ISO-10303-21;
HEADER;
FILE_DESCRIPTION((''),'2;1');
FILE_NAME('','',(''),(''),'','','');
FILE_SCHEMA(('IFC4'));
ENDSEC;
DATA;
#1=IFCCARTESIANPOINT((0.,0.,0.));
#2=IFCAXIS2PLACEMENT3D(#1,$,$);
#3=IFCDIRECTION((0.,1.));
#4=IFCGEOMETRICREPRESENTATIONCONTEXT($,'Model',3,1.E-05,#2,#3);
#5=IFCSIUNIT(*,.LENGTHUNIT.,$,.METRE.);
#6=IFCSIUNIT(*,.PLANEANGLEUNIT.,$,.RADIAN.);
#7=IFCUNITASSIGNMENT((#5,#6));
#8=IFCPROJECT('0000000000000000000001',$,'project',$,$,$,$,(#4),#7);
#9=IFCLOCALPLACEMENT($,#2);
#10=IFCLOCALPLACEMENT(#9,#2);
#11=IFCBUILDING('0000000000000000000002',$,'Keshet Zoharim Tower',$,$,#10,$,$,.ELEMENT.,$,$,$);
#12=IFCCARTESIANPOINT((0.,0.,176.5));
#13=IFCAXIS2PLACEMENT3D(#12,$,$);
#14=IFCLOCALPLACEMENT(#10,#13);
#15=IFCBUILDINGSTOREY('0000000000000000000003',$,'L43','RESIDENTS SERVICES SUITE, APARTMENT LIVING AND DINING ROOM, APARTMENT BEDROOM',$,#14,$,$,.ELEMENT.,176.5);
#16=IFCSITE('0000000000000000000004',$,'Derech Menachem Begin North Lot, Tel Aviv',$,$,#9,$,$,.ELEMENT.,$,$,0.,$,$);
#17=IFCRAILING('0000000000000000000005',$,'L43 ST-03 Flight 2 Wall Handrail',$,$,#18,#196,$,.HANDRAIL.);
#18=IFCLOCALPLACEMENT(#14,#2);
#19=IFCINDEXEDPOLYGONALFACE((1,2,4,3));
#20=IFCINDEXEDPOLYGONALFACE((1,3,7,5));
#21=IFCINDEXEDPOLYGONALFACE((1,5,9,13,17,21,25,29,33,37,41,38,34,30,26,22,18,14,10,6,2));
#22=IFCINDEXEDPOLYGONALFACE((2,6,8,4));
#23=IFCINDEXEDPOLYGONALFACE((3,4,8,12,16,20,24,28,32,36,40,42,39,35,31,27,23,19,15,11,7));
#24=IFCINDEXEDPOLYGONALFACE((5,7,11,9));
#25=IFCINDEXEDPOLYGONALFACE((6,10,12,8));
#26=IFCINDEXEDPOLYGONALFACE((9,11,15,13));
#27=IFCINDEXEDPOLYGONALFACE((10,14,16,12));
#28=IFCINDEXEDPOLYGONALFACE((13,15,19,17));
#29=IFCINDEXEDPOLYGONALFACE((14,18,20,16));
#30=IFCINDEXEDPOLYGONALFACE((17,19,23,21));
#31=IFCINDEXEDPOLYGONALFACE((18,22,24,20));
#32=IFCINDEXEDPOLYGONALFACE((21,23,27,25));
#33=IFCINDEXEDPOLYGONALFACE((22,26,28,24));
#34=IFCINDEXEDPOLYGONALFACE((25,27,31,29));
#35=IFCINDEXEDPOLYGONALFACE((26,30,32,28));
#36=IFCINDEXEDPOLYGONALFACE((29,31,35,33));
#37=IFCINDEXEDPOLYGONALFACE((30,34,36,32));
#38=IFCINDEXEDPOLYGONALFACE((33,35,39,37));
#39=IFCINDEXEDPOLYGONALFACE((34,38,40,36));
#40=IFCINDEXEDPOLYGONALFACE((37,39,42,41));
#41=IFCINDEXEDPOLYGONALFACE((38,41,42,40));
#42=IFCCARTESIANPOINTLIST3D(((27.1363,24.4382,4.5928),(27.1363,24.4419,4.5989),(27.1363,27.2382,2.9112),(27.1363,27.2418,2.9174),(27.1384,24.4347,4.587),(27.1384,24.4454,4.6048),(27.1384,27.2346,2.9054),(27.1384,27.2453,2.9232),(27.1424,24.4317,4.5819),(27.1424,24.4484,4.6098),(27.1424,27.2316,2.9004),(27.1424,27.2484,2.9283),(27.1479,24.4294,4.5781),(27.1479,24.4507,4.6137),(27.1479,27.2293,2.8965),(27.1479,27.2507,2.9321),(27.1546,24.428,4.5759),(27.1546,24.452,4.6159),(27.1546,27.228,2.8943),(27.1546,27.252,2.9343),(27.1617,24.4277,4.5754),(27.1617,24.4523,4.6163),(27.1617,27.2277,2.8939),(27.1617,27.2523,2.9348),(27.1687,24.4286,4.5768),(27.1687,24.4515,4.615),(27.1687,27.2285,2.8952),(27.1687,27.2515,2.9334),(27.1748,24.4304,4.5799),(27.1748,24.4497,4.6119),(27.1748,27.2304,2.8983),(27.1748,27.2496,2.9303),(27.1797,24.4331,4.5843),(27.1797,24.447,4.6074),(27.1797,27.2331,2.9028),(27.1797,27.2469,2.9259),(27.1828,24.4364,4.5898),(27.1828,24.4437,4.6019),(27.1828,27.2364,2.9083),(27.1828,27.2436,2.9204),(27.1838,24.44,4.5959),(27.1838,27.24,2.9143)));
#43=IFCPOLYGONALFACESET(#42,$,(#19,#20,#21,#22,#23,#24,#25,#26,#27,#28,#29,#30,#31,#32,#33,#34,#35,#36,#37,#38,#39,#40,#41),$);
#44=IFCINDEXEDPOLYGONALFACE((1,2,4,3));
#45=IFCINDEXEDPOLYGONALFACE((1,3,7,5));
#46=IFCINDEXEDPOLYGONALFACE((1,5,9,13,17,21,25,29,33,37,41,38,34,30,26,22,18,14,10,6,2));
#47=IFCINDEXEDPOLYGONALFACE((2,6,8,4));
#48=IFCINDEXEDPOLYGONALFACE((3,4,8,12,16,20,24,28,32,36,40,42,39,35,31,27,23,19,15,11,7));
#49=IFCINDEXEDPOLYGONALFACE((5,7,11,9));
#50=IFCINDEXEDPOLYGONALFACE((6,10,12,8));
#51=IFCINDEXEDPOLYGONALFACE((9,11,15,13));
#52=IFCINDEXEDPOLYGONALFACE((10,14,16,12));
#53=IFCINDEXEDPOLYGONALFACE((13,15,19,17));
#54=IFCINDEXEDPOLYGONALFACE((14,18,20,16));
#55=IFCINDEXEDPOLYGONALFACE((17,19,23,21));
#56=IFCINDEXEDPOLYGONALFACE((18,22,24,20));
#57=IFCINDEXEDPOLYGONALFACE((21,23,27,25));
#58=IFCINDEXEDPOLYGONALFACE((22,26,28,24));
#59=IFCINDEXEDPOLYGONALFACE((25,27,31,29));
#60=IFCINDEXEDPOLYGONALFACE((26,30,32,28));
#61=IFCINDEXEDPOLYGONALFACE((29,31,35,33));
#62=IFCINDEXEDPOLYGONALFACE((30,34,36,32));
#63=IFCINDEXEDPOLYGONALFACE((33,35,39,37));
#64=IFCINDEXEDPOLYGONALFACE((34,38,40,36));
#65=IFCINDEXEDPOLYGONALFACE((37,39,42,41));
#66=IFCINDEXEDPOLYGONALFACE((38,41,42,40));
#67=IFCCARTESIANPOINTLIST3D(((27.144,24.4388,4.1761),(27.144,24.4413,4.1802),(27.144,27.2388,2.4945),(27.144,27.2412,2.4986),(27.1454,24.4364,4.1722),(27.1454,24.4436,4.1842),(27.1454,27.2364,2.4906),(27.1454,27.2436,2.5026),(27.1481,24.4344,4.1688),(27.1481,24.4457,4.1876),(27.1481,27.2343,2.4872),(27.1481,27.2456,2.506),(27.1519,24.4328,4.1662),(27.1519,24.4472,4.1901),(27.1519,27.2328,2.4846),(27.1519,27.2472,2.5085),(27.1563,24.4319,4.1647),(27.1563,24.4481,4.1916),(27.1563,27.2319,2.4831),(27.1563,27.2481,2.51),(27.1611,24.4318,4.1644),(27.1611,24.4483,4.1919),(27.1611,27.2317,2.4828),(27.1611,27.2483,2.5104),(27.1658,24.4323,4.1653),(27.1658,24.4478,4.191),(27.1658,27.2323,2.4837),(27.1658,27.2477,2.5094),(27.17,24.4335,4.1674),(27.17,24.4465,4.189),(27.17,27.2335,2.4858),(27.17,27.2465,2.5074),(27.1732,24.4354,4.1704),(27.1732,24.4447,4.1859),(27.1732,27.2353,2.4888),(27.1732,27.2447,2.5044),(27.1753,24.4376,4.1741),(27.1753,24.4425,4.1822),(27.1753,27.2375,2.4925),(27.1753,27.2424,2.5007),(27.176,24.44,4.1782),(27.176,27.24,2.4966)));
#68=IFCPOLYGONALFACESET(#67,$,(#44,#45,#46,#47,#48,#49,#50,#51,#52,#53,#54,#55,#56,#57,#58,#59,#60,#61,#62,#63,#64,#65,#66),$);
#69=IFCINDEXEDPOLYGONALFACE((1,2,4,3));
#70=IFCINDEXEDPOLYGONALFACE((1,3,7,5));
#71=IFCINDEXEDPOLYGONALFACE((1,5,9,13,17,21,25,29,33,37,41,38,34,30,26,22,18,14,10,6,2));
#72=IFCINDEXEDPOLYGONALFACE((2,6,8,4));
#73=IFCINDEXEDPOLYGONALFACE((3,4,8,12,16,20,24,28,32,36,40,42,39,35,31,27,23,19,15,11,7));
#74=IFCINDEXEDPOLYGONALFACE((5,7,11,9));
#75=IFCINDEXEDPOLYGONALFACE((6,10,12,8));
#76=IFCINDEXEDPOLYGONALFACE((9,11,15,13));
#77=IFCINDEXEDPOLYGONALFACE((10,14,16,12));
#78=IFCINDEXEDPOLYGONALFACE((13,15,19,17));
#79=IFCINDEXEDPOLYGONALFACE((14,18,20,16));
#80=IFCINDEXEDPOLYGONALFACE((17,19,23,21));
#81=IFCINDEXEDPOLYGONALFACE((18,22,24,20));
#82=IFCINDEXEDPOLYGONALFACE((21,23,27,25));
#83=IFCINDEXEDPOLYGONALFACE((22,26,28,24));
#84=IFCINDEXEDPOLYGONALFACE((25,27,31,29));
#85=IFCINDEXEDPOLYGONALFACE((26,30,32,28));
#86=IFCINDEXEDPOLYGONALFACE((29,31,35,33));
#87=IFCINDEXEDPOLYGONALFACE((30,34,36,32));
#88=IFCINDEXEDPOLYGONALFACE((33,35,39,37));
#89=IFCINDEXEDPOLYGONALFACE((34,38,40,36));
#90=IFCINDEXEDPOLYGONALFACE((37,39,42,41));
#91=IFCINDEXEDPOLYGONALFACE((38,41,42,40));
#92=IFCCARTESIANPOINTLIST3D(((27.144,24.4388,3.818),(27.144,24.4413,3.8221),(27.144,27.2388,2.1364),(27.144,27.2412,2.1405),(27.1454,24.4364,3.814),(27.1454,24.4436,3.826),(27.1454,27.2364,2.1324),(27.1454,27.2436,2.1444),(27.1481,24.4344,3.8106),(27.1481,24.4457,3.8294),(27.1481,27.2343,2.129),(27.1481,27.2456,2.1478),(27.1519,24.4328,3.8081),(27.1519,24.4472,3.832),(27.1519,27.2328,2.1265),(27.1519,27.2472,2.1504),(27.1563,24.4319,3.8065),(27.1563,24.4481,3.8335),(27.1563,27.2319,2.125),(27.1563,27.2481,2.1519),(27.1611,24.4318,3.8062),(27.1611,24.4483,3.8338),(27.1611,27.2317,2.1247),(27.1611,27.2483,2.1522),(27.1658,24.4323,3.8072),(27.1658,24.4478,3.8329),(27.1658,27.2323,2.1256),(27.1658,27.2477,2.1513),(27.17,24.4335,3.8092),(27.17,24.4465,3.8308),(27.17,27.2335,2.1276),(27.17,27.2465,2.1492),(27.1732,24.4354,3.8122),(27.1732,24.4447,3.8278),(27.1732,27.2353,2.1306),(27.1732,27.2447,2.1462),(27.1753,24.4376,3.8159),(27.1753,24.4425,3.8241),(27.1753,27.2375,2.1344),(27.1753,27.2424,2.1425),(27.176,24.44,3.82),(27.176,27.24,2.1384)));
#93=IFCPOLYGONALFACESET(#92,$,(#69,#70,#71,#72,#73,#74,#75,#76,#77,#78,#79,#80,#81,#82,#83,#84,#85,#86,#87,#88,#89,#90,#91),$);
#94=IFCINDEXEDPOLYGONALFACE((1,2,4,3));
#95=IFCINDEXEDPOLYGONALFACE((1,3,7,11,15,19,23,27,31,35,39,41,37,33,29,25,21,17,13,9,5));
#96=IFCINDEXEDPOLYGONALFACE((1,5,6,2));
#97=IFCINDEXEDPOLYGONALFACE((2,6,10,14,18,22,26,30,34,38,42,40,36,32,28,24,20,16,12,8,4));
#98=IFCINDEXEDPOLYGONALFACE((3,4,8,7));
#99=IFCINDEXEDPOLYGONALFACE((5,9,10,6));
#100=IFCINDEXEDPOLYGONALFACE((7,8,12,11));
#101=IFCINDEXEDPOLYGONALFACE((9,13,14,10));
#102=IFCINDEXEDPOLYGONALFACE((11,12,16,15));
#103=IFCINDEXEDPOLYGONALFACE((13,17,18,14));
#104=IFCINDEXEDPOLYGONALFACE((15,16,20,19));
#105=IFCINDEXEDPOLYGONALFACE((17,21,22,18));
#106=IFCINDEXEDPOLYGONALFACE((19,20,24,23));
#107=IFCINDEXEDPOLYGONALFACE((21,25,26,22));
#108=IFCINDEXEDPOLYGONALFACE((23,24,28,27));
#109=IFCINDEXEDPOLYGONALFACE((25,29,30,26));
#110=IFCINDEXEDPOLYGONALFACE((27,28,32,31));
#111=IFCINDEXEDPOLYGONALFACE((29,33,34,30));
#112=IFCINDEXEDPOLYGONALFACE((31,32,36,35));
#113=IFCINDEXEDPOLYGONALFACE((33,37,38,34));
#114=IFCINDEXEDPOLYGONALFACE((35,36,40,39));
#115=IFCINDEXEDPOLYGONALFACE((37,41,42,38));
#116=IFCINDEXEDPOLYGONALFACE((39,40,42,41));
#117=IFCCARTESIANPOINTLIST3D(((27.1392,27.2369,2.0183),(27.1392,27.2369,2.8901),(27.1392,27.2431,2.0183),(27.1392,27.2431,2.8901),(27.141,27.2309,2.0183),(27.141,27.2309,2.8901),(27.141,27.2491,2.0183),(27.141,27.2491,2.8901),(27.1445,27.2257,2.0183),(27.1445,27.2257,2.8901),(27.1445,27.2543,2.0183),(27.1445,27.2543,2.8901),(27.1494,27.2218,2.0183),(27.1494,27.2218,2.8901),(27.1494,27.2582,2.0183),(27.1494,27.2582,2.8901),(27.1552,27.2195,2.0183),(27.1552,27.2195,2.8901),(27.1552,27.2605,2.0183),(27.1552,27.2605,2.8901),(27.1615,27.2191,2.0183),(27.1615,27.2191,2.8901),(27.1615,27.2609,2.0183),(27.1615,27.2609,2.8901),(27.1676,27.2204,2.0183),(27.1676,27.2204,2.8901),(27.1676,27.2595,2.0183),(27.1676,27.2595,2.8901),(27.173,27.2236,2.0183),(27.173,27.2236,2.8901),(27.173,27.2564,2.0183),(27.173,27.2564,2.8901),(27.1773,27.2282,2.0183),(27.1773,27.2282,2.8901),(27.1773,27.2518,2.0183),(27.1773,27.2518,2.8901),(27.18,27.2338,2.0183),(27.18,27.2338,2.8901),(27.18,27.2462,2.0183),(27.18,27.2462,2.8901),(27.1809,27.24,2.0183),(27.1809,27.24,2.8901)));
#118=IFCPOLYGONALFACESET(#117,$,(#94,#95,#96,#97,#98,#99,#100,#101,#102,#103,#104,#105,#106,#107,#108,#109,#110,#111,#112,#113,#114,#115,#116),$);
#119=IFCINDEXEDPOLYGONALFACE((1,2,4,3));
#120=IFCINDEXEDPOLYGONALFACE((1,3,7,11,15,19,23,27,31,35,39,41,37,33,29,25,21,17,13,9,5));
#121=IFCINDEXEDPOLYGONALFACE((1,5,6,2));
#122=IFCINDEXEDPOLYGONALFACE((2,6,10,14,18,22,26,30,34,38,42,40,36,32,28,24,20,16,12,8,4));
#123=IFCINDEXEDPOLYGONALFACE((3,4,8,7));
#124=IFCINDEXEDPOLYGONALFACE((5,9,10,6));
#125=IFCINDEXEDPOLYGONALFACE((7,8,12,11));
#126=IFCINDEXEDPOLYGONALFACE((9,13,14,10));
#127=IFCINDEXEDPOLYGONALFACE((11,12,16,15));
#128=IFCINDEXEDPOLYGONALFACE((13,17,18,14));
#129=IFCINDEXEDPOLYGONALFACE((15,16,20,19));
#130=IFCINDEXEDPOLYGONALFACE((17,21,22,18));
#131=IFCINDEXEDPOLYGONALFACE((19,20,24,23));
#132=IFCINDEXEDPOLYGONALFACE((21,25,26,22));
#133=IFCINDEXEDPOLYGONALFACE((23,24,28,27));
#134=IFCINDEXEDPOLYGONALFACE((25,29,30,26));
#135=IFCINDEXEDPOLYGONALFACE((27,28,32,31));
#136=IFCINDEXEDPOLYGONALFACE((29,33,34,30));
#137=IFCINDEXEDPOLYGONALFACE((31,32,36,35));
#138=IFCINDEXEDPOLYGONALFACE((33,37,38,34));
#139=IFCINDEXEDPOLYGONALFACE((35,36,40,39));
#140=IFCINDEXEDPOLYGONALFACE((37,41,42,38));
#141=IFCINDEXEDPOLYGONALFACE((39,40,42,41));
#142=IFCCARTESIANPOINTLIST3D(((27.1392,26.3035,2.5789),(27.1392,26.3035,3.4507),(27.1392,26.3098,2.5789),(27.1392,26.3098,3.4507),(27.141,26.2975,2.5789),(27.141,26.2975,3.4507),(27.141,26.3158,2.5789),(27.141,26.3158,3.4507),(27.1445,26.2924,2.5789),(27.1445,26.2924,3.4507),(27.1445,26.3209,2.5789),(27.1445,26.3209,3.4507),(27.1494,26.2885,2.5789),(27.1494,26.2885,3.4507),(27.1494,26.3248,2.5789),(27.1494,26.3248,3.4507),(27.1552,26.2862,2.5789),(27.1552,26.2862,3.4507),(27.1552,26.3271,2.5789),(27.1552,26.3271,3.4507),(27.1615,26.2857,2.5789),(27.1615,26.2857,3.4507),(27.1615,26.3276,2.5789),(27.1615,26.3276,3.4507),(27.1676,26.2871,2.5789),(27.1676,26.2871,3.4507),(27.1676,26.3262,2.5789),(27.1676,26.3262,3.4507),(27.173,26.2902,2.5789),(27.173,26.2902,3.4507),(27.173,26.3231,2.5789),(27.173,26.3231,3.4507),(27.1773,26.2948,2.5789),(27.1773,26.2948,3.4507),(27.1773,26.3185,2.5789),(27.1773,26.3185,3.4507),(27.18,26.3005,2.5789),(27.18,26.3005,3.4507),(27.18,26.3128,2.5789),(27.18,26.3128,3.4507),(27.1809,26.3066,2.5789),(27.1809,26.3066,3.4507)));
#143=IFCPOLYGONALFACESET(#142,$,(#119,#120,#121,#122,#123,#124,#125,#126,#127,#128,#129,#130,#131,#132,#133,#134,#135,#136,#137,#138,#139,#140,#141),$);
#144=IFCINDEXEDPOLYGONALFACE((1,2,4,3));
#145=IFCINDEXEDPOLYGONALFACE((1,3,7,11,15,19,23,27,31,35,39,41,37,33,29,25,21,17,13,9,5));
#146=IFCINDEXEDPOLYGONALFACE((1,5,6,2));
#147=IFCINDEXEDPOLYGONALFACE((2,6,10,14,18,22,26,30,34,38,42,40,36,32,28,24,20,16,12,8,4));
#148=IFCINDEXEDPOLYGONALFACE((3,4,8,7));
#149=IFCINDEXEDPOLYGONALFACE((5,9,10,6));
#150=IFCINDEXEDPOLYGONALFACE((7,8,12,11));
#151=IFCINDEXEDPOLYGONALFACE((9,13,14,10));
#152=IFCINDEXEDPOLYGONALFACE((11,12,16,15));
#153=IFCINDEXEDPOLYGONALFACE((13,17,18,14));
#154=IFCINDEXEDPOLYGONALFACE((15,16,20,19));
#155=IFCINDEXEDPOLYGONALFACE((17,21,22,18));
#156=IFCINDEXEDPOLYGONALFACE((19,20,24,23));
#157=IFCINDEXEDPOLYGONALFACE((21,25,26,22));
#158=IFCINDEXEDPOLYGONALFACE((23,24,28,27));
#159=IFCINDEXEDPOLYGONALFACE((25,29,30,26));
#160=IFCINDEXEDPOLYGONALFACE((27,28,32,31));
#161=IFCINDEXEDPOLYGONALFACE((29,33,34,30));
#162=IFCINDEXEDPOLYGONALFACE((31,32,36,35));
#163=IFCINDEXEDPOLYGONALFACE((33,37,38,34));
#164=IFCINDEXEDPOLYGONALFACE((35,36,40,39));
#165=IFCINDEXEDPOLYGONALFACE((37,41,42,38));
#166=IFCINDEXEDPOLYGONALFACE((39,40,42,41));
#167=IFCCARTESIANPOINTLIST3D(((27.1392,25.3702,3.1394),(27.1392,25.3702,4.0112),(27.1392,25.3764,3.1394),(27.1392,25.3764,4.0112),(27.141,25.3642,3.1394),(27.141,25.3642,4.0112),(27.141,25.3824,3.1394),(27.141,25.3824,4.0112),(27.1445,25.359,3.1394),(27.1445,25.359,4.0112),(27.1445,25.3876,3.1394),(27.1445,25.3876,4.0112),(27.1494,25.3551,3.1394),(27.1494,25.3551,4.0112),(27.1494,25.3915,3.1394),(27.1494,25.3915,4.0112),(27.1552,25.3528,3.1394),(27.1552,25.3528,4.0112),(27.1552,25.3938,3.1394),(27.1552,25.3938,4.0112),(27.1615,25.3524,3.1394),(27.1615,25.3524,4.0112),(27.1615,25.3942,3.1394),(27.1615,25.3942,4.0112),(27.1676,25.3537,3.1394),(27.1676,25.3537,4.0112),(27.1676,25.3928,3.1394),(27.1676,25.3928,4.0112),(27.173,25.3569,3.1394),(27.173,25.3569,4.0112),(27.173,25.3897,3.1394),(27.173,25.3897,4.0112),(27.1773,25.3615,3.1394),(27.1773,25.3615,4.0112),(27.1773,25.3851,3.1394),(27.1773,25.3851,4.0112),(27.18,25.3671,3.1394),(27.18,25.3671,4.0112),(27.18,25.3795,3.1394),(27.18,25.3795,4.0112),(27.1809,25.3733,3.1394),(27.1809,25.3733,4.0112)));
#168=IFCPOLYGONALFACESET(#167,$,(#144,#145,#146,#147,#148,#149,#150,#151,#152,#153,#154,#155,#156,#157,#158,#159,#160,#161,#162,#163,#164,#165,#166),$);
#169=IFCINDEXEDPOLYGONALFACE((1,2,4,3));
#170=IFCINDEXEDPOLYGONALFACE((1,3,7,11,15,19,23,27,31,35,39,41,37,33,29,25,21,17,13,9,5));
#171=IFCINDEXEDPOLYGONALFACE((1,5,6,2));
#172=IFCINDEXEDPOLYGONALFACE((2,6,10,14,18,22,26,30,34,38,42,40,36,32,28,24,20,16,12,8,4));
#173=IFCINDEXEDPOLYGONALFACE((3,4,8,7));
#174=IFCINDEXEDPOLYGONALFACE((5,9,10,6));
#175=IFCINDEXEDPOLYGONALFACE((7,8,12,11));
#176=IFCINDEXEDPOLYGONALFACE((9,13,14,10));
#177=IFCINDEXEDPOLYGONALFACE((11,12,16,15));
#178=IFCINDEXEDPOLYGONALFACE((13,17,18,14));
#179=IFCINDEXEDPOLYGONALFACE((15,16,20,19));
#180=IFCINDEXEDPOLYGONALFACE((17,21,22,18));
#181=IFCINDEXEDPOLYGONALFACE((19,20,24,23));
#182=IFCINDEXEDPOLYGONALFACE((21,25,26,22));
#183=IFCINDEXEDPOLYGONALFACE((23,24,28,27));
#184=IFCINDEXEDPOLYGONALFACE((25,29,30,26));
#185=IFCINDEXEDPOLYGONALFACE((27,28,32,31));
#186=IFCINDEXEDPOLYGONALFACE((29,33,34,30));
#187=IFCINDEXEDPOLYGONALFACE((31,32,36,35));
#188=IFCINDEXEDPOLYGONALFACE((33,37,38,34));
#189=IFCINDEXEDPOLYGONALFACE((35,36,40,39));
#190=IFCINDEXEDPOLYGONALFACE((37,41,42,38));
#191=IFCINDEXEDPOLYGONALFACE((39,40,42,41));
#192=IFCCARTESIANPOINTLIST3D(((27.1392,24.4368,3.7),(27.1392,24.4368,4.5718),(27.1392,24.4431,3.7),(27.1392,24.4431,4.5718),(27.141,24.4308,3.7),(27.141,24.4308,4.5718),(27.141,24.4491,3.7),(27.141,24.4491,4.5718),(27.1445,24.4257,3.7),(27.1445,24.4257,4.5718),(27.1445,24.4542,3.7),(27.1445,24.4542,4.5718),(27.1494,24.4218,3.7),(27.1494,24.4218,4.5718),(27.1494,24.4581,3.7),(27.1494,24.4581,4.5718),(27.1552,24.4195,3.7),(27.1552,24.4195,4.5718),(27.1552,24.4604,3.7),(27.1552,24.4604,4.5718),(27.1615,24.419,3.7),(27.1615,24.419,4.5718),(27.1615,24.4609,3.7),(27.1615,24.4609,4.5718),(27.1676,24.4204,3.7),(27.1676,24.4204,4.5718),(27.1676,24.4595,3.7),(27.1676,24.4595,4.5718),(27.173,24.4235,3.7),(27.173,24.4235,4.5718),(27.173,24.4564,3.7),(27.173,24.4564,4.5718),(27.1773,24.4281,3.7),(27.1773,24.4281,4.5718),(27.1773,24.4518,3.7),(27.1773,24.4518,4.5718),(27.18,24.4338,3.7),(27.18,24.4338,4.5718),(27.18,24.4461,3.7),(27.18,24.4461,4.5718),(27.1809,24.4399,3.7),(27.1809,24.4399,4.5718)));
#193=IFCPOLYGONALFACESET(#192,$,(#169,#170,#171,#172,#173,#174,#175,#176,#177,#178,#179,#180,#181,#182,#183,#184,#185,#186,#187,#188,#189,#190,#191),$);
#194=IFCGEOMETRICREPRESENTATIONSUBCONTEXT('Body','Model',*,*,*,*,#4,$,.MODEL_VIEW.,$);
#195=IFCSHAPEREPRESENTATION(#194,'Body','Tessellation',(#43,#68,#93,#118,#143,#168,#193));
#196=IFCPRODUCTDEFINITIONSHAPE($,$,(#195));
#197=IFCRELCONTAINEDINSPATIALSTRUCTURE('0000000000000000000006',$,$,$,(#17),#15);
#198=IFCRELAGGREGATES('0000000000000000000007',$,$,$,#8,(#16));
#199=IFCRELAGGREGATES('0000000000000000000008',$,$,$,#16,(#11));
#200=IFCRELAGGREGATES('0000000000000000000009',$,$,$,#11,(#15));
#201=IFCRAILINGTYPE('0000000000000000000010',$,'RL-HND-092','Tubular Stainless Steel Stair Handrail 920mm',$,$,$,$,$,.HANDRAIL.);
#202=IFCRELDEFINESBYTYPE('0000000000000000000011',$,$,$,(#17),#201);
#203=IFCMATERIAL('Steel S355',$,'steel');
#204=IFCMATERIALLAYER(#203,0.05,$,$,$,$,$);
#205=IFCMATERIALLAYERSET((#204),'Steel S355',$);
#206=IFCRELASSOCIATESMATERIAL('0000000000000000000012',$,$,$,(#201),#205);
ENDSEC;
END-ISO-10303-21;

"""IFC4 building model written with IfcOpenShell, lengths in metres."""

from ifc_helpers import new_model, si_unit, direction, frame, origin, origin_2d, place, context, subcontext, project, spatial, circle, extrude, material, layer, layer_set, type_object, element, save


model = new_model("IFC4")

# Units and contexts
model_context = context("Model", 3, precision=1e-05, world=origin(), true_north=direction((0.0, 1.0)))
body_context = subcontext(model_context, "Body", "Model", "MODEL_VIEW")
ifc_project = project(units=[si_unit("LENGTHUNIT", "METRE"), si_unit("PLANEANGLEUNIT", "RADIAN")], contexts=[model_context])

# Site, building, storey
site_placement = place(None, origin())
site = spatial("IfcSite", under=ifc_project, at=site_placement, Name="Derech Menachem Begin North Lot, Tel Aviv", CompositionType="ELEMENT", RefElevation=0.0)
building_placement = place(site_placement, origin())
building = spatial("IfcBuilding", under=site, at=building_placement, Name="Keshet Zoharim Tower", CompositionType="ELEMENT")
storey_placement = place(building_placement, frame((0.0, 0.0, 176.5)))
storey = spatial("IfcBuildingStorey", under=building, at=storey_placement, Name="L43", Description="RESIDENTS SERVICES SUITE, APARTMENT LIVING AND DINING ROOM, APARTMENT BEDROOM", CompositionType="ELEMENT", Elevation=176.5)

# Shared definitions
ifc_material_1 = material(Name="Steel S355", Category="steel")

# Railing
ifc_layer_1 = layer(ifc_material_1, 0.05)
ifc_layer_set_1 = layer_set([ifc_layer_1], Name="Steel S355")
railing_type = type_object("IfcRailingType", Name="RL-HND-092", Description="Tubular Stainless Steel Stair Handrail 920mm", PredefinedType="HANDRAIL", material=ifc_layer_set_1)
railing_placement = place(storey_placement, frame((27.1599, 27.24, 2.0183)))
element("IfcRailing", 1, at=railing_placement, inside=storey, type_object=railing_type, Name="L43 ST-03 Flight 2 Wall Handrail", PredefinedType="HANDRAIL", context=body_context, shape_type="SweptSolid", body=[
    extrude(circle(Radius=0.0239, at=origin_2d()), frame((0.0, 0.0, 0.896), z_axis=(0.0, -0.857275, 0.514858), x_axis=(1.0, 0.0, 0.0)), (0.0, 0.0, 1.0), 3.2661),
    extrude(circle(Radius=0.0161, at=origin_2d()), frame((0.0, 0.0, 0.4783), z_axis=(0.0, -0.857275, 0.514858), x_axis=(1.0, 0.0, 0.0)), (0.0, 0.0, 1.0), 3.2661),
    extrude(circle(Radius=0.0161, at=origin_2d()), frame((0.0, 0.0, 0.1201), z_axis=(0.0, -0.857275, 0.514858), x_axis=(1.0, 0.0, 0.0)), (0.0, 0.0, 1.0), 3.2661),
    extrude(circle(Radius=0.021, at=origin_2d()), origin(), (0.0, 0.0, 1.0), 0.8718),
    extrude(circle(Radius=0.021, at=origin_2d()), frame((0.0, -0.9333, 0.5605)), (0.0, 0.0, 1.0), 0.8718),
    extrude(circle(Radius=0.021, at=origin_2d()), frame((0.0, -1.8667, 1.1211)), (0.0, 0.0, 1.0), 0.8718),
    extrude(circle(Radius=0.021, at=origin_2d()), frame((0.0, -2.8, 1.6816)), (0.0, 0.0, 1.0), 0.8718),
])

save(model, "model.ifc")
